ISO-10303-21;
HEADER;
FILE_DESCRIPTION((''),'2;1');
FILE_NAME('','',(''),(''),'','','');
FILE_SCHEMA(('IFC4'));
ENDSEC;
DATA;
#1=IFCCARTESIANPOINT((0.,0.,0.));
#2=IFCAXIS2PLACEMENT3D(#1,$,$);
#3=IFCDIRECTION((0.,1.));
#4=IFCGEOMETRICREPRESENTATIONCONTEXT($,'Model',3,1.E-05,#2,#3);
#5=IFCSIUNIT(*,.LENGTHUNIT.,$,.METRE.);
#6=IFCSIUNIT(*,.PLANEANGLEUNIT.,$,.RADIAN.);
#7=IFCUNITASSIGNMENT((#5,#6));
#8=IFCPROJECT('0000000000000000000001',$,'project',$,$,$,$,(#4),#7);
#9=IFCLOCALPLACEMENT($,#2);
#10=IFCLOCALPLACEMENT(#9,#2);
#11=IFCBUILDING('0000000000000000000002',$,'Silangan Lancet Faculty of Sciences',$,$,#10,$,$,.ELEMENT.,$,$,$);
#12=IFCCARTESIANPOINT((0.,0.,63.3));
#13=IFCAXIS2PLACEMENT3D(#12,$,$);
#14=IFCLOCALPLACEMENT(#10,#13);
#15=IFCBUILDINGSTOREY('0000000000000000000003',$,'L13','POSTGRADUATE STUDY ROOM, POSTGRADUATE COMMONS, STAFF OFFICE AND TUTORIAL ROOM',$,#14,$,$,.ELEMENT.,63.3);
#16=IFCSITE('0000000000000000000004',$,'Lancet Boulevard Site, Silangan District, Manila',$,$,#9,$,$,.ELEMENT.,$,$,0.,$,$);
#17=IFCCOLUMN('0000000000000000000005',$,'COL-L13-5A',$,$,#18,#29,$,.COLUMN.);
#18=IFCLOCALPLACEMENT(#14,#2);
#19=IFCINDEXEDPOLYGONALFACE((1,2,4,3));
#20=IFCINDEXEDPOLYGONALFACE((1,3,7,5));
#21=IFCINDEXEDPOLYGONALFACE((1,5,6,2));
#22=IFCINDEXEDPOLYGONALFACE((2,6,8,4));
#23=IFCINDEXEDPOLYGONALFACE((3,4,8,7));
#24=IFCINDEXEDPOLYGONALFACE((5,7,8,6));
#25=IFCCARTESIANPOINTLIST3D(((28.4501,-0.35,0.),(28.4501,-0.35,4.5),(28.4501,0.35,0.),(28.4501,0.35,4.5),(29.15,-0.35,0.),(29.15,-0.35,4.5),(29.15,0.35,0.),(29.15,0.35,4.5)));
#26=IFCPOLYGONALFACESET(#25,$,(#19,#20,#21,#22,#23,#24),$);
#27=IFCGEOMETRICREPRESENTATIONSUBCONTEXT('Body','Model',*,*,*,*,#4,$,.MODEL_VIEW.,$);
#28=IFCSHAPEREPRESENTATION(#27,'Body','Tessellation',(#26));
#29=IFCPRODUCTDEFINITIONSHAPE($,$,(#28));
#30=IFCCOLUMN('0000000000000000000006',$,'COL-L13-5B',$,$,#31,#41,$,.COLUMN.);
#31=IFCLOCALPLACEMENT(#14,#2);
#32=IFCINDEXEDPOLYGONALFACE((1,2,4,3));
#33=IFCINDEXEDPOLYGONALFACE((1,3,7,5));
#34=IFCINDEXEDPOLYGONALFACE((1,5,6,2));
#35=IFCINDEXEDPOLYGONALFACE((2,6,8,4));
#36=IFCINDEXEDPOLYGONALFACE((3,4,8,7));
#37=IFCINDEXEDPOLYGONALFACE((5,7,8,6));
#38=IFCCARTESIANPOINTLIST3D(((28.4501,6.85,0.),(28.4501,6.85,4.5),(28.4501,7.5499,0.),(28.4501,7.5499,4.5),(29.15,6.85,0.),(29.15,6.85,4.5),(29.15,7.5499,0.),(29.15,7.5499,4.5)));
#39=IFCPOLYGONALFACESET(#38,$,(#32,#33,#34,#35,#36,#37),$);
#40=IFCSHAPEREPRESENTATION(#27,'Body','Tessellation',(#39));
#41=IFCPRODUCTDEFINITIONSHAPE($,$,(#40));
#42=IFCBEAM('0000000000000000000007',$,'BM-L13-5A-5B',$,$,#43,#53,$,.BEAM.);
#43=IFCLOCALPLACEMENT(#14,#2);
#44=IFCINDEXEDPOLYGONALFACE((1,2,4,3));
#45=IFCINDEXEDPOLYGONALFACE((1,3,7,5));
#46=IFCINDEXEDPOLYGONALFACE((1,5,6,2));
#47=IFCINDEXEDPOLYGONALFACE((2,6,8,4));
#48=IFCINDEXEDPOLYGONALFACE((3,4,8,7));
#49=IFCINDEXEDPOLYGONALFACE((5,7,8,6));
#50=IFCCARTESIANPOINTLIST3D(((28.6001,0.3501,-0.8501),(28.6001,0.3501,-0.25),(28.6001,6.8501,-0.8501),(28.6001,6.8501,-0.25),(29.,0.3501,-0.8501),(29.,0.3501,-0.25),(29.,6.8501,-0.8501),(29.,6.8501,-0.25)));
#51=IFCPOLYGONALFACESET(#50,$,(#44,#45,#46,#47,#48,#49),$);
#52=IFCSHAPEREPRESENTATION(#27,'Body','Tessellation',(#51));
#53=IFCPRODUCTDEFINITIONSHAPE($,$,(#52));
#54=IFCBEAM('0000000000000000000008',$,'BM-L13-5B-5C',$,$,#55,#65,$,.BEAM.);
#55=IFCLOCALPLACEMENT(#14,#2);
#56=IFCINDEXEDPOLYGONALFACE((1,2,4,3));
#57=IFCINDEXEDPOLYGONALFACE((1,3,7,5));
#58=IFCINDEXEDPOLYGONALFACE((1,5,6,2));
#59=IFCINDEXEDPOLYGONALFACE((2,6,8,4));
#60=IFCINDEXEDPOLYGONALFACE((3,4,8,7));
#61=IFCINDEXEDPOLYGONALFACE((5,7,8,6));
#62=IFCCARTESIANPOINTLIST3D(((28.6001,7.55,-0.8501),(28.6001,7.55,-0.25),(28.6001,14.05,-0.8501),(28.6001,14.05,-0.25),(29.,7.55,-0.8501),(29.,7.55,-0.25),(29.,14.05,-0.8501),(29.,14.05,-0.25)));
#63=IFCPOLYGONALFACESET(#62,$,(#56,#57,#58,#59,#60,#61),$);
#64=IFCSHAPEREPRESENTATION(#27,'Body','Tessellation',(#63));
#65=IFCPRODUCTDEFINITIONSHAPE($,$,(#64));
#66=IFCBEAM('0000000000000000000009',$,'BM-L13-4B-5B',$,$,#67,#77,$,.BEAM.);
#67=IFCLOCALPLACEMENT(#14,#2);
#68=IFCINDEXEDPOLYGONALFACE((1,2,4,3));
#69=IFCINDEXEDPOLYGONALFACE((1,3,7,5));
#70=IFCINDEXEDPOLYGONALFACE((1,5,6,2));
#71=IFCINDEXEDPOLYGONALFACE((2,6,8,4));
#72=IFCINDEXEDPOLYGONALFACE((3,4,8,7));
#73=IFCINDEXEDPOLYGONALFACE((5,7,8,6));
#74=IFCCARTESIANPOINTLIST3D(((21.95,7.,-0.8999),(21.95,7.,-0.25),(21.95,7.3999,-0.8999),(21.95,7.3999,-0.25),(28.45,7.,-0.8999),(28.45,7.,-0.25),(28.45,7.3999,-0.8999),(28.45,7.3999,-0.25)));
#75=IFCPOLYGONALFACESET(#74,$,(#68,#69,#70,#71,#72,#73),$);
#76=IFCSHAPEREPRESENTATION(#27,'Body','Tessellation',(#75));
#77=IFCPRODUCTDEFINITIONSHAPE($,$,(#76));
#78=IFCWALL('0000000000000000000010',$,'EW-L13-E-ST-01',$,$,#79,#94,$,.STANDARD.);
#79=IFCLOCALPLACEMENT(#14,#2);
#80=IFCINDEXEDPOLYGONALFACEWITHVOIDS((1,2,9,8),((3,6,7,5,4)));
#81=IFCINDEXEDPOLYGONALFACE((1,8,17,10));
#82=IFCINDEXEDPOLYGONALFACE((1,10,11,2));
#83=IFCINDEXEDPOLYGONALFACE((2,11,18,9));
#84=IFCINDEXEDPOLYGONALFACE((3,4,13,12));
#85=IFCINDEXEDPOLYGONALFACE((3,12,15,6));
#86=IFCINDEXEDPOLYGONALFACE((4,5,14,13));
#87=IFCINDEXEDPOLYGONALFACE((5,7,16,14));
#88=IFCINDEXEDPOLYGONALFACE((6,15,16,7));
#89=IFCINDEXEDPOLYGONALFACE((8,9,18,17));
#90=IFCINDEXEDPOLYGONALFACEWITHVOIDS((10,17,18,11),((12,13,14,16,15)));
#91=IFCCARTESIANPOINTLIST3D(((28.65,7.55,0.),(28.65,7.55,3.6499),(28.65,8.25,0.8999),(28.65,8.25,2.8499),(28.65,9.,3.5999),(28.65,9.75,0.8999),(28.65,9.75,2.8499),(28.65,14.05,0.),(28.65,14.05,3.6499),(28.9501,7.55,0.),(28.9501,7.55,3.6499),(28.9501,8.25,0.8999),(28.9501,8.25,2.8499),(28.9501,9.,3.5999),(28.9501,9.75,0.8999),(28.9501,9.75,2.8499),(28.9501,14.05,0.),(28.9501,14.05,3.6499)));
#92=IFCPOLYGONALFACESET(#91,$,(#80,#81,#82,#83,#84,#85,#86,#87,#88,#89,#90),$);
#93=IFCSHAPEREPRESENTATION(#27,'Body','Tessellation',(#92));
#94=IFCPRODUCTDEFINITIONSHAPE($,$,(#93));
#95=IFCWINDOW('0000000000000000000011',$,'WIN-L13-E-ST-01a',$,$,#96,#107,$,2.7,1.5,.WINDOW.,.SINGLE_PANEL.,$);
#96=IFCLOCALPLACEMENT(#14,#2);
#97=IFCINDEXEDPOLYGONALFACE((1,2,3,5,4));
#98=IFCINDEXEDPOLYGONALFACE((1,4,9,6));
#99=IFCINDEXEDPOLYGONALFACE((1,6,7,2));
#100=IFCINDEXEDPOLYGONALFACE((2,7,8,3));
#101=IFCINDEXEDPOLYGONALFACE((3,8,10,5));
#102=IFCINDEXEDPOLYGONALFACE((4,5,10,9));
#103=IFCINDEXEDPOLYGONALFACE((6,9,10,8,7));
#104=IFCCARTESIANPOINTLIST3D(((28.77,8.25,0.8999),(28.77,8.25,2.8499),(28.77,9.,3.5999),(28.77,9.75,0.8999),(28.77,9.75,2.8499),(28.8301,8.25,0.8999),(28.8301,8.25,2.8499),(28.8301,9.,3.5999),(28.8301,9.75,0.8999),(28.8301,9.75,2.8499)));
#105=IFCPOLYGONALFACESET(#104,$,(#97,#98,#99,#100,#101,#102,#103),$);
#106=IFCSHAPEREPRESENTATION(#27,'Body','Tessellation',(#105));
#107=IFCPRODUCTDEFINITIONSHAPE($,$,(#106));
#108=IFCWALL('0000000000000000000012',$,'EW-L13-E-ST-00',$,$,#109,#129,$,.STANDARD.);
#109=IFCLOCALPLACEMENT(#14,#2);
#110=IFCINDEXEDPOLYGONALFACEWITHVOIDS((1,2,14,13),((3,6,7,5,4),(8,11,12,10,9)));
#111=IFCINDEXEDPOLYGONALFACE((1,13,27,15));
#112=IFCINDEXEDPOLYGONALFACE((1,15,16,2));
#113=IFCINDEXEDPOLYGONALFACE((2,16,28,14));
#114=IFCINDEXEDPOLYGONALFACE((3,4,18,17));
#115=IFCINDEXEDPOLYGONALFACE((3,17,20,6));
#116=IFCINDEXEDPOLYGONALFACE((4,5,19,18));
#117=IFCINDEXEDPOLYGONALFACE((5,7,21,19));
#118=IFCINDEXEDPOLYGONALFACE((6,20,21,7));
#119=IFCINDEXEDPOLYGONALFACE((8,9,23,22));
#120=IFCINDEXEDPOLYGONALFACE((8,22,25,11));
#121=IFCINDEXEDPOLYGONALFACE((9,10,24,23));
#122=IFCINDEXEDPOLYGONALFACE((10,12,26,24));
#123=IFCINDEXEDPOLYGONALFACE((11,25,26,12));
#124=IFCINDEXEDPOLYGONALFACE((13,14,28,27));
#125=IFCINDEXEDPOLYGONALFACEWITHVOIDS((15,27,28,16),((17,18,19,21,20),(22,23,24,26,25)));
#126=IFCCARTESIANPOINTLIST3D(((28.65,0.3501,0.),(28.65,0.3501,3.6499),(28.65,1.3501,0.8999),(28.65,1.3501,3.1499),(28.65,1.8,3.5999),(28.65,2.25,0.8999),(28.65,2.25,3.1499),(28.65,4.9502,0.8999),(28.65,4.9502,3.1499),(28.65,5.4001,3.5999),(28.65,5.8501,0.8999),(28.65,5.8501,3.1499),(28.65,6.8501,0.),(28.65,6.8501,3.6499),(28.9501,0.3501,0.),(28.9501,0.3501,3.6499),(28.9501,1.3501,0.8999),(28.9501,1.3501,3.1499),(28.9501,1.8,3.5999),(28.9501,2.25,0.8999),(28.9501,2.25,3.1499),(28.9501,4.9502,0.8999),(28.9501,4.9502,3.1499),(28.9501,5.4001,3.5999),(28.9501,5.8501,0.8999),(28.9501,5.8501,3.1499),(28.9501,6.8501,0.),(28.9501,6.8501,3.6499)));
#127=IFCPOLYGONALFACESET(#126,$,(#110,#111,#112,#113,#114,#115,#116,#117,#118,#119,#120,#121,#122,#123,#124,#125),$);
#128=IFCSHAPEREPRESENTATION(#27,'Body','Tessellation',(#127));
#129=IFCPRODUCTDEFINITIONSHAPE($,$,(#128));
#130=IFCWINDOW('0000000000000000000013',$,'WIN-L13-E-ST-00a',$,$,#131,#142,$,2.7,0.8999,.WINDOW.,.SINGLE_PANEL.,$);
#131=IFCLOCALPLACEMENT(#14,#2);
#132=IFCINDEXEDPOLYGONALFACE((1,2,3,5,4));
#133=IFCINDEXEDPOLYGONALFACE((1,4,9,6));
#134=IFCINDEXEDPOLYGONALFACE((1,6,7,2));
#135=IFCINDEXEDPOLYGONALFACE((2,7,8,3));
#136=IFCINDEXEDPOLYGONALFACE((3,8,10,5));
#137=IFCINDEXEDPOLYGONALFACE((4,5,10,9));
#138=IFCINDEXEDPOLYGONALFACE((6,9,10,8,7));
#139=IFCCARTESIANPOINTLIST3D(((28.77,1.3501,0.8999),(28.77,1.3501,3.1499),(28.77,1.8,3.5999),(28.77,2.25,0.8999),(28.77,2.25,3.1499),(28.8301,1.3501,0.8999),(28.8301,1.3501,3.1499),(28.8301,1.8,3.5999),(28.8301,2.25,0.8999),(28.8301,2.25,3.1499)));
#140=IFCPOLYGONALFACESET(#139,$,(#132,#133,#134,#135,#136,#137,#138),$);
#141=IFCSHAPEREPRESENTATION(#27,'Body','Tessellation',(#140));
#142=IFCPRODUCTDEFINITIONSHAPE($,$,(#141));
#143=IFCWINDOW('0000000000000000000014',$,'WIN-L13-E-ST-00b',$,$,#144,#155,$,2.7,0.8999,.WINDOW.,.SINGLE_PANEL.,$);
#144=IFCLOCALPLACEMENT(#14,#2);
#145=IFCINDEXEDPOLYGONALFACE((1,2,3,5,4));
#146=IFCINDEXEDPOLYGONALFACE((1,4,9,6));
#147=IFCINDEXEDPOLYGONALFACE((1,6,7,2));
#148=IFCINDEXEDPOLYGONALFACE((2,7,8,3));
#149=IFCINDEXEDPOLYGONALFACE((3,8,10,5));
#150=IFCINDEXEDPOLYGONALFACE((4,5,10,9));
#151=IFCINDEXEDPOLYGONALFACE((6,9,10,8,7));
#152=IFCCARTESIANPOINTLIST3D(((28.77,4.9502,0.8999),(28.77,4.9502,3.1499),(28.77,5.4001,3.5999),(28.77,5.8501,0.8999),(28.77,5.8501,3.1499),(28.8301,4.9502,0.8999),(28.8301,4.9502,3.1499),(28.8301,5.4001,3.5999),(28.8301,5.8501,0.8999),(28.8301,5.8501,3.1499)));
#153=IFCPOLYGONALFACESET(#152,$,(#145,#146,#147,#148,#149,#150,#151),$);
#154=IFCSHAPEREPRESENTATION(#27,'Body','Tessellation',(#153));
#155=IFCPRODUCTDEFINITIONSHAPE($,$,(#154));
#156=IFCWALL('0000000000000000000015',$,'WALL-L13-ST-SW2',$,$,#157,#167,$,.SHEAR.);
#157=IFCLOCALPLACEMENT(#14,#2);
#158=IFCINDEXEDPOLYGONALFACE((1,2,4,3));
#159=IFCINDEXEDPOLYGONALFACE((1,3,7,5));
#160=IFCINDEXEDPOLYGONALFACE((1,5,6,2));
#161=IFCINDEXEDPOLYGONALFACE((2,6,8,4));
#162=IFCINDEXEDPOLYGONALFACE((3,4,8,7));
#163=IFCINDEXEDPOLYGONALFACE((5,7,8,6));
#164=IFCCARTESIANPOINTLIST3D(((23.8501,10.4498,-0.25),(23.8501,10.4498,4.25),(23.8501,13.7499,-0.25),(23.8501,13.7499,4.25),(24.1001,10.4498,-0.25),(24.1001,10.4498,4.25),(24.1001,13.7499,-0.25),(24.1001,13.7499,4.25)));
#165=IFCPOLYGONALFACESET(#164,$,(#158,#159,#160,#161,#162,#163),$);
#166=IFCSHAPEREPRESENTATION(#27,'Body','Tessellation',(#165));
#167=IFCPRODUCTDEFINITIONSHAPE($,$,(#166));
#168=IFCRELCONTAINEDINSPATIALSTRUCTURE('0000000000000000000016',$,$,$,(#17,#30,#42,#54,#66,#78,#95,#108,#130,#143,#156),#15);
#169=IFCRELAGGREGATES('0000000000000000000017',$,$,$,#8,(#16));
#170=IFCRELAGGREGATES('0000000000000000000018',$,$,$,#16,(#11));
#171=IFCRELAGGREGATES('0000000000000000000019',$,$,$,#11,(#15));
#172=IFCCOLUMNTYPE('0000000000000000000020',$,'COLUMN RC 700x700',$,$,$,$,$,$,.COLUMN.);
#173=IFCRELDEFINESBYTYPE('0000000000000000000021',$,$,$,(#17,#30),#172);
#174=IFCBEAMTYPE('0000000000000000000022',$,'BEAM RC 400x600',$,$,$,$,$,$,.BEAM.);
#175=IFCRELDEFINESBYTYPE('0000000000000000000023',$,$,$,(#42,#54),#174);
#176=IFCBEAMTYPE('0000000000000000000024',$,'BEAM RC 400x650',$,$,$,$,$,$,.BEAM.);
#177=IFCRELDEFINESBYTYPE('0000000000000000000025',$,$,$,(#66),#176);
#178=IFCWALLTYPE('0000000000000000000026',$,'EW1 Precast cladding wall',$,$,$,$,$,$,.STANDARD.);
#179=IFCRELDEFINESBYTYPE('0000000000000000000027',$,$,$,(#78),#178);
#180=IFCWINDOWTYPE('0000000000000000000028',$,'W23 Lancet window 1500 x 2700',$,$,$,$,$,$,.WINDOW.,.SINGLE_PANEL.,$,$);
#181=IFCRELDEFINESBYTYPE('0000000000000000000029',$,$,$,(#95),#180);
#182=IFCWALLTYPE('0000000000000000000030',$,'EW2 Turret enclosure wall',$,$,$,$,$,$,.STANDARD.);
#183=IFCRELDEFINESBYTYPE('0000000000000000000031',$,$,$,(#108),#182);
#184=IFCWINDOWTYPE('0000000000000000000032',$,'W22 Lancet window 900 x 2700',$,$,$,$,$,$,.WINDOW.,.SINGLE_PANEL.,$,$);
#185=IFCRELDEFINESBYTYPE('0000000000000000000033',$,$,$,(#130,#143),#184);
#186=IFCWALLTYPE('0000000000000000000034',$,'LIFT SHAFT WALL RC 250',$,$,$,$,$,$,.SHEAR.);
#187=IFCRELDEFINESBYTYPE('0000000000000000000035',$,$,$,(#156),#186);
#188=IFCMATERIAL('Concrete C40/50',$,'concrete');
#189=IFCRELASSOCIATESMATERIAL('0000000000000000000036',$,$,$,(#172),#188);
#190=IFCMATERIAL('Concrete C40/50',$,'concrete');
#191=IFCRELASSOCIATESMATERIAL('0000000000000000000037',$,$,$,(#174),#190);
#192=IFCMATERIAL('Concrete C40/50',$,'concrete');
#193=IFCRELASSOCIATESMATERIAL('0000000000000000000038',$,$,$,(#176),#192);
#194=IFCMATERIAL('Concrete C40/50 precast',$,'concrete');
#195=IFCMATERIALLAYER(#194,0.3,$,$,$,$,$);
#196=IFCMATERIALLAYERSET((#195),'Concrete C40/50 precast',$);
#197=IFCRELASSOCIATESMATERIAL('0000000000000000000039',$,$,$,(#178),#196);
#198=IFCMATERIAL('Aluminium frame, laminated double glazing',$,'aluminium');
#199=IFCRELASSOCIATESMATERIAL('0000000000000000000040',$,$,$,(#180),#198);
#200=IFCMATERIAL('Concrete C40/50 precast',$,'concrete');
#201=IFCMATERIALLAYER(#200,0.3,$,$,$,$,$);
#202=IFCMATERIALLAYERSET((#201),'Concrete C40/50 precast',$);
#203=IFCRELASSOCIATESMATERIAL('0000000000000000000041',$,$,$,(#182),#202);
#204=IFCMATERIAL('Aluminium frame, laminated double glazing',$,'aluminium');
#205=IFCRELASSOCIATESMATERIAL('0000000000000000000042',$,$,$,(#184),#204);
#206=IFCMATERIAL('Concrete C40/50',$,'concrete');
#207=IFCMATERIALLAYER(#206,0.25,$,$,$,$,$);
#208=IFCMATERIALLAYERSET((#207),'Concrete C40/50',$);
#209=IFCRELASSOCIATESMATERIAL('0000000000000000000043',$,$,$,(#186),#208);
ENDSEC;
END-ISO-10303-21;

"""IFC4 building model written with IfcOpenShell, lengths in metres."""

from ifc_helpers import new_model, si_unit, direction, frame, frame_2d, origin, origin_2d, place, context, subcontext, project, spatial, polyline, rectangle, outline, extrude, material, layer, layer_set, material_profile, profile_set, type_object, element, fill, save


model = new_model("IFC4")

# Units and contexts
model_context = context("Model", 3, precision=1e-05, world=origin(), true_north=direction((0.0, 1.0)))
body_context = subcontext(model_context, "Body", "Model", "MODEL_VIEW")
ifc_project = project(units=[si_unit("LENGTHUNIT", "METRE"), si_unit("PLANEANGLEUNIT", "RADIAN")], contexts=[model_context])

# Site, building, storey
site_placement = place(None, origin())
site = spatial("IfcSite", under=ifc_project, at=site_placement, Name="Lancet Boulevard Site, Silangan District, Manila", CompositionType="ELEMENT", RefElevation=0.0)
building_placement = place(site_placement, origin())
building = spatial("IfcBuilding", under=site, at=building_placement, Name="Silangan Lancet Faculty of Sciences", CompositionType="ELEMENT")
storey_placement = place(building_placement, frame((0.0, 0.0, 63.3)))
storey = spatial("IfcBuildingStorey", under=building, at=storey_placement, Name="L13", Description="POSTGRADUATE STUDY ROOM, POSTGRADUATE COMMONS, STAFF OFFICE AND TUTORIAL ROOM", CompositionType="ELEMENT", Elevation=63.3)

# Columns
ifc_material_1 = material(Name="Concrete C40/50", Category="concrete")
ifc_material_profile_1 = material_profile(ifc_material_1, rectangle(XDim=0.7, YDim=0.7, at=origin_2d()), Name="RC 700x700")
ifc_profile_set_1 = profile_set([ifc_material_profile_1], Name="Concrete C40/50")
column_type = type_object("IfcColumnType", Name="COLUMN RC 700x700", PredefinedType="COLUMN", material=ifc_profile_set_1)
for number, where, z_axis, x_axis, name in (
    (1, (28.8, 0.0, 0.0), (0.0, 0.0, 1.0), (1.0, 0.0, 0.0), "COL-L13-5A"),
    (2, (28.8, 7.2, 0.0), (0.0, 0.0, 1.0), (1.0, 0.0, 0.0), "COL-L13-5B"),
):
    element("IfcColumn", number, at=place(storey_placement, frame(where, z_axis=z_axis, x_axis=x_axis)), inside=storey, type_object=column_type, Name=name, PredefinedType="COLUMN", context=body_context, shape_type="SweptSolid", body=[
        extrude(rectangle(XDim=0.7, YDim=0.7, at=origin_2d()), origin(), (0.0, 0.0, 1.0), 4.5),
    ])

# Beams
ifc_material_2 = material(Name="Concrete C40/50", Category="concrete")
ifc_material_profile_2 = material_profile(ifc_material_2, rectangle(XDim=0.3999, YDim=0.6001, at=origin_2d()), Name="RC 400x600")
ifc_profile_set_2 = profile_set([ifc_material_profile_2], Name="Concrete C40/50")
beam_type_1 = type_object("IfcBeamType", Name="BEAM RC 400x600", PredefinedType="BEAM", material=ifc_profile_set_2)
for number, where, z_axis, x_axis, name in (
    (3, (28.8, 0.3501, -0.55), (0.0, 1.0, 0.0), (-1.0, 0.0, 0.0), "BM-L13-5A-5B"),
    (4, (28.8, 7.55, -0.55), (0.0, 1.0, 0.0), (-1.0, 0.0, 0.0), "BM-L13-5B-5C"),
):
    element("IfcBeam", number, at=place(storey_placement, frame(where, z_axis=z_axis, x_axis=x_axis)), inside=storey, type_object=beam_type_1, Name=name, PredefinedType="BEAM", context=body_context, shape_type="SweptSolid", body=[
        extrude(rectangle(XDim=0.3999, YDim=0.6001, at=origin_2d()), origin(), (0.0, 0.0, 1.0), 6.5),
    ])
ifc_material_3 = material(Name="Concrete C40/50", Category="concrete")
ifc_material_profile_3 = material_profile(ifc_material_3, rectangle(XDim=0.3999, YDim=0.6499, at=origin_2d()), Name="RC 400x650")
ifc_profile_set_3 = profile_set([ifc_material_profile_3], Name="Concrete C40/50")
beam_type_2 = type_object("IfcBeamType", Name="BEAM RC 400x650", PredefinedType="BEAM", material=ifc_profile_set_3)
beam_placement = place(storey_placement, frame((21.95, 7.2, -0.575), z_axis=(1.0, 0.0, 0.0), x_axis=(0.0, 1.0, 0.0)))
element("IfcBeam", 5, at=beam_placement, inside=storey, type_object=beam_type_2, Name="BM-L13-4B-5B", PredefinedType="BEAM", context=body_context, shape_type="SweptSolid", body=[
    extrude(rectangle(XDim=0.3999, YDim=0.6499, at=origin_2d()), origin(), (0.0, 0.0, 1.0), 6.5),
])

# Wall, opening, window
ifc_material_4 = material(Name="Concrete C40/50 precast", Category="concrete")
ifc_layer_1 = layer(ifc_material_4, 0.3)
ifc_layer_set_1 = layer_set([ifc_layer_1], Name="Concrete C40/50 precast")
wall_type_1 = type_object("IfcWallType", Name="EW1 Precast cladding wall", PredefinedType="STANDARD", material=ifc_layer_set_1)
wall_1_placement = place(storey_placement, frame((28.8, 7.55, 0.0), z_axis=(0.0, 0.0, 1.0), x_axis=(0.0, 1.0, 0.0)))
wall_1 = element("IfcWall", 6, at=wall_1_placement, inside=storey, type_object=wall_type_1, Name="EW-L13-E-ST-01", PredefinedType="STANDARD", context=body_context, shape_type="SweptSolid", body=[
    extrude(rectangle(XDim=6.5, YDim=0.3, at=frame_2d((3.25, 0.0))), origin(), (0.0, 0.0, 1.0), 3.6499),
])
opening_1_placement = place(wall_1_placement, frame((0.7, 0.0, 0.8999)))
opening_1 = element("IfcOpeningElement", 7, at=opening_1_placement, cuts=wall_1, PredefinedType="OPENING", context=body_context, shape_type="SweptSolid", body=[
    extrude(outline(polyline([(0.0, 0.0), (1.5, 0.0), (1.5, 1.95), (0.75, 2.7), (0.0, 1.95), (0.0, 0.0)])), frame((0.0, 0.1599, 0.0), z_axis=(0.0, -1.0, 0.0), x_axis=(1.0, 0.0, 0.0)), (0.0, 0.0, 1.0), 0.3201),
])
ifc_material_5 = material(Name="Aluminium frame, laminated double glazing", Category="aluminium")
window_type_1 = type_object("IfcWindowType", Name="W23 Lancet window 1500 x 2700", PartitioningType="SINGLE_PANEL", PredefinedType="WINDOW", material=ifc_material_5)
window_1_placement = place(opening_1_placement, origin())
window_1 = element("IfcWindow", 8, at=window_1_placement, inside=storey, type_object=window_type_1, Name="WIN-L13-E-ST-01a", OverallHeight=2.7, OverallWidth=1.5, PartitioningType="SINGLE_PANEL", PredefinedType="WINDOW", context=body_context, shape_type="SweptSolid", body=[
    extrude(outline(polyline([(0.0, 0.0), (1.5, 0.0), (1.5, 1.95), (0.75, 2.7), (0.0, 1.95), (0.0, 0.0)])), frame((0.0, 0.03, 0.0), z_axis=(0.0, -1.0, 0.0), x_axis=(1.0, 0.0, 0.0)), (0.0, 0.0, 1.0), 0.0601),
])
fill(opening_1, window_1)

# Wall, openings, windows
ifc_material_6 = material(Name="Concrete C40/50 precast", Category="concrete")
ifc_layer_2 = layer(ifc_material_6, 0.3)
ifc_layer_set_2 = layer_set([ifc_layer_2], Name="Concrete C40/50 precast")
wall_type_2 = type_object("IfcWallType", Name="EW2 Turret enclosure wall", PredefinedType="STANDARD", material=ifc_layer_set_2)
wall_2_placement = place(storey_placement, frame((28.8, 0.3501, 0.0), z_axis=(0.0, 0.0, 1.0), x_axis=(0.0, 1.0, 0.0)))
wall_2 = element("IfcWall", 9, at=wall_2_placement, inside=storey, type_object=wall_type_2, Name="EW-L13-E-ST-00", PredefinedType="STANDARD", context=body_context, shape_type="SweptSolid", body=[
    extrude(rectangle(XDim=6.5, YDim=0.3, at=frame_2d((3.25, 0.0))), origin(), (0.0, 0.0, 1.0), 3.6499),
])
opening_2_placement = place(wall_2_placement, frame((1.0, 0.0, 0.8999)))
opening_2 = element("IfcOpeningElement", 10, at=opening_2_placement, cuts=wall_2, PredefinedType="OPENING", context=body_context, shape_type="SweptSolid", body=[
    extrude(outline(polyline([(0.0, 0.0), (0.8999, 0.0), (0.8999, 2.25), (0.45, 2.7), (0.0, 2.25), (0.0, 0.0)])), frame((0.0, 0.1599, 0.0), z_axis=(0.0, -1.0, 0.0), x_axis=(1.0, 0.0, 0.0)), (0.0, 0.0, 1.0), 0.3201),
])
opening_3_placement = place(wall_2_placement, frame((4.6001, 0.0, 0.8999)))
opening_3 = element("IfcOpeningElement", 11, at=opening_3_placement, cuts=wall_2, PredefinedType="OPENING", context=body_context, shape_type="SweptSolid", body=[
    extrude(outline(polyline([(0.0, 0.0), (0.8999, 0.0), (0.8999, 2.25), (0.45, 2.7), (0.0, 2.25), (0.0, 0.0)])), frame((0.0, 0.1599, 0.0), z_axis=(0.0, -1.0, 0.0), x_axis=(1.0, 0.0, 0.0)), (0.0, 0.0, 1.0), 0.3201),
])
ifc_material_7 = material(Name="Aluminium frame, laminated double glazing", Category="aluminium")
window_type_2 = type_object("IfcWindowType", Name="W22 Lancet window 900 x 2700", PartitioningType="SINGLE_PANEL", PredefinedType="WINDOW", material=ifc_material_7)
window_2_placement = place(opening_2_placement, origin())
window_2 = element("IfcWindow", 12, at=window_2_placement, inside=storey, type_object=window_type_2, Name="WIN-L13-E-ST-00a", OverallHeight=2.7, OverallWidth=0.8999, PartitioningType="SINGLE_PANEL", PredefinedType="WINDOW", context=body_context, shape_type="SweptSolid", body=[
    extrude(outline(polyline([(0.0, 0.0), (0.8999, 0.0), (0.8999, 2.25), (0.45, 2.7), (0.0, 2.25), (0.0, 0.0)])), frame((0.0, 0.03, 0.0), z_axis=(0.0, -1.0, 0.0), x_axis=(1.0, 0.0, 0.0)), (0.0, 0.0, 1.0), 0.0601),
])
fill(opening_2, window_2)
window_3_placement = place(opening_3_placement, origin())
window_3 = element("IfcWindow", 13, at=window_3_placement, inside=storey, type_object=window_type_2, Name="WIN-L13-E-ST-00b", OverallHeight=2.7, OverallWidth=0.8999, PartitioningType="SINGLE_PANEL", PredefinedType="WINDOW", context=body_context, shape_type="SweptSolid", body=[
    extrude(outline(polyline([(0.0, 0.0), (0.8999, 0.0), (0.8999, 2.25), (0.45, 2.7), (0.0, 2.25), (0.0, 0.0)])), frame((0.0, 0.03, 0.0), z_axis=(0.0, -1.0, 0.0), x_axis=(1.0, 0.0, 0.0)), (0.0, 0.0, 1.0), 0.0601),
])
fill(opening_3, window_3)

# Wall
ifc_material_8 = material(Name="Concrete C40/50", Category="concrete")
ifc_layer_3 = layer(ifc_material_8, 0.25)
ifc_layer_set_3 = layer_set([ifc_layer_3], Name="Concrete C40/50")
wall_type_3 = type_object("IfcWallType", Name="LIFT SHAFT WALL RC 250", PredefinedType="SHEAR", material=ifc_layer_set_3)
wall_3_placement = place(storey_placement, frame((23.9751, 10.45, -0.25), z_axis=(0.0, 0.0, 1.0), x_axis=(0.0, 1.0, 0.0)))
element("IfcWall", 14, at=wall_3_placement, inside=storey, type_object=wall_type_3, Name="WALL-L13-ST-SW2", PredefinedType="SHEAR", context=body_context, shape_type="SweptSolid", body=[
    extrude(rectangle(XDim=3.3, YDim=0.25, at=frame_2d((1.6499, 0.0))), origin(), (0.0, 0.0, 1.0), 4.5),
])

save(model, "model.ifc")
